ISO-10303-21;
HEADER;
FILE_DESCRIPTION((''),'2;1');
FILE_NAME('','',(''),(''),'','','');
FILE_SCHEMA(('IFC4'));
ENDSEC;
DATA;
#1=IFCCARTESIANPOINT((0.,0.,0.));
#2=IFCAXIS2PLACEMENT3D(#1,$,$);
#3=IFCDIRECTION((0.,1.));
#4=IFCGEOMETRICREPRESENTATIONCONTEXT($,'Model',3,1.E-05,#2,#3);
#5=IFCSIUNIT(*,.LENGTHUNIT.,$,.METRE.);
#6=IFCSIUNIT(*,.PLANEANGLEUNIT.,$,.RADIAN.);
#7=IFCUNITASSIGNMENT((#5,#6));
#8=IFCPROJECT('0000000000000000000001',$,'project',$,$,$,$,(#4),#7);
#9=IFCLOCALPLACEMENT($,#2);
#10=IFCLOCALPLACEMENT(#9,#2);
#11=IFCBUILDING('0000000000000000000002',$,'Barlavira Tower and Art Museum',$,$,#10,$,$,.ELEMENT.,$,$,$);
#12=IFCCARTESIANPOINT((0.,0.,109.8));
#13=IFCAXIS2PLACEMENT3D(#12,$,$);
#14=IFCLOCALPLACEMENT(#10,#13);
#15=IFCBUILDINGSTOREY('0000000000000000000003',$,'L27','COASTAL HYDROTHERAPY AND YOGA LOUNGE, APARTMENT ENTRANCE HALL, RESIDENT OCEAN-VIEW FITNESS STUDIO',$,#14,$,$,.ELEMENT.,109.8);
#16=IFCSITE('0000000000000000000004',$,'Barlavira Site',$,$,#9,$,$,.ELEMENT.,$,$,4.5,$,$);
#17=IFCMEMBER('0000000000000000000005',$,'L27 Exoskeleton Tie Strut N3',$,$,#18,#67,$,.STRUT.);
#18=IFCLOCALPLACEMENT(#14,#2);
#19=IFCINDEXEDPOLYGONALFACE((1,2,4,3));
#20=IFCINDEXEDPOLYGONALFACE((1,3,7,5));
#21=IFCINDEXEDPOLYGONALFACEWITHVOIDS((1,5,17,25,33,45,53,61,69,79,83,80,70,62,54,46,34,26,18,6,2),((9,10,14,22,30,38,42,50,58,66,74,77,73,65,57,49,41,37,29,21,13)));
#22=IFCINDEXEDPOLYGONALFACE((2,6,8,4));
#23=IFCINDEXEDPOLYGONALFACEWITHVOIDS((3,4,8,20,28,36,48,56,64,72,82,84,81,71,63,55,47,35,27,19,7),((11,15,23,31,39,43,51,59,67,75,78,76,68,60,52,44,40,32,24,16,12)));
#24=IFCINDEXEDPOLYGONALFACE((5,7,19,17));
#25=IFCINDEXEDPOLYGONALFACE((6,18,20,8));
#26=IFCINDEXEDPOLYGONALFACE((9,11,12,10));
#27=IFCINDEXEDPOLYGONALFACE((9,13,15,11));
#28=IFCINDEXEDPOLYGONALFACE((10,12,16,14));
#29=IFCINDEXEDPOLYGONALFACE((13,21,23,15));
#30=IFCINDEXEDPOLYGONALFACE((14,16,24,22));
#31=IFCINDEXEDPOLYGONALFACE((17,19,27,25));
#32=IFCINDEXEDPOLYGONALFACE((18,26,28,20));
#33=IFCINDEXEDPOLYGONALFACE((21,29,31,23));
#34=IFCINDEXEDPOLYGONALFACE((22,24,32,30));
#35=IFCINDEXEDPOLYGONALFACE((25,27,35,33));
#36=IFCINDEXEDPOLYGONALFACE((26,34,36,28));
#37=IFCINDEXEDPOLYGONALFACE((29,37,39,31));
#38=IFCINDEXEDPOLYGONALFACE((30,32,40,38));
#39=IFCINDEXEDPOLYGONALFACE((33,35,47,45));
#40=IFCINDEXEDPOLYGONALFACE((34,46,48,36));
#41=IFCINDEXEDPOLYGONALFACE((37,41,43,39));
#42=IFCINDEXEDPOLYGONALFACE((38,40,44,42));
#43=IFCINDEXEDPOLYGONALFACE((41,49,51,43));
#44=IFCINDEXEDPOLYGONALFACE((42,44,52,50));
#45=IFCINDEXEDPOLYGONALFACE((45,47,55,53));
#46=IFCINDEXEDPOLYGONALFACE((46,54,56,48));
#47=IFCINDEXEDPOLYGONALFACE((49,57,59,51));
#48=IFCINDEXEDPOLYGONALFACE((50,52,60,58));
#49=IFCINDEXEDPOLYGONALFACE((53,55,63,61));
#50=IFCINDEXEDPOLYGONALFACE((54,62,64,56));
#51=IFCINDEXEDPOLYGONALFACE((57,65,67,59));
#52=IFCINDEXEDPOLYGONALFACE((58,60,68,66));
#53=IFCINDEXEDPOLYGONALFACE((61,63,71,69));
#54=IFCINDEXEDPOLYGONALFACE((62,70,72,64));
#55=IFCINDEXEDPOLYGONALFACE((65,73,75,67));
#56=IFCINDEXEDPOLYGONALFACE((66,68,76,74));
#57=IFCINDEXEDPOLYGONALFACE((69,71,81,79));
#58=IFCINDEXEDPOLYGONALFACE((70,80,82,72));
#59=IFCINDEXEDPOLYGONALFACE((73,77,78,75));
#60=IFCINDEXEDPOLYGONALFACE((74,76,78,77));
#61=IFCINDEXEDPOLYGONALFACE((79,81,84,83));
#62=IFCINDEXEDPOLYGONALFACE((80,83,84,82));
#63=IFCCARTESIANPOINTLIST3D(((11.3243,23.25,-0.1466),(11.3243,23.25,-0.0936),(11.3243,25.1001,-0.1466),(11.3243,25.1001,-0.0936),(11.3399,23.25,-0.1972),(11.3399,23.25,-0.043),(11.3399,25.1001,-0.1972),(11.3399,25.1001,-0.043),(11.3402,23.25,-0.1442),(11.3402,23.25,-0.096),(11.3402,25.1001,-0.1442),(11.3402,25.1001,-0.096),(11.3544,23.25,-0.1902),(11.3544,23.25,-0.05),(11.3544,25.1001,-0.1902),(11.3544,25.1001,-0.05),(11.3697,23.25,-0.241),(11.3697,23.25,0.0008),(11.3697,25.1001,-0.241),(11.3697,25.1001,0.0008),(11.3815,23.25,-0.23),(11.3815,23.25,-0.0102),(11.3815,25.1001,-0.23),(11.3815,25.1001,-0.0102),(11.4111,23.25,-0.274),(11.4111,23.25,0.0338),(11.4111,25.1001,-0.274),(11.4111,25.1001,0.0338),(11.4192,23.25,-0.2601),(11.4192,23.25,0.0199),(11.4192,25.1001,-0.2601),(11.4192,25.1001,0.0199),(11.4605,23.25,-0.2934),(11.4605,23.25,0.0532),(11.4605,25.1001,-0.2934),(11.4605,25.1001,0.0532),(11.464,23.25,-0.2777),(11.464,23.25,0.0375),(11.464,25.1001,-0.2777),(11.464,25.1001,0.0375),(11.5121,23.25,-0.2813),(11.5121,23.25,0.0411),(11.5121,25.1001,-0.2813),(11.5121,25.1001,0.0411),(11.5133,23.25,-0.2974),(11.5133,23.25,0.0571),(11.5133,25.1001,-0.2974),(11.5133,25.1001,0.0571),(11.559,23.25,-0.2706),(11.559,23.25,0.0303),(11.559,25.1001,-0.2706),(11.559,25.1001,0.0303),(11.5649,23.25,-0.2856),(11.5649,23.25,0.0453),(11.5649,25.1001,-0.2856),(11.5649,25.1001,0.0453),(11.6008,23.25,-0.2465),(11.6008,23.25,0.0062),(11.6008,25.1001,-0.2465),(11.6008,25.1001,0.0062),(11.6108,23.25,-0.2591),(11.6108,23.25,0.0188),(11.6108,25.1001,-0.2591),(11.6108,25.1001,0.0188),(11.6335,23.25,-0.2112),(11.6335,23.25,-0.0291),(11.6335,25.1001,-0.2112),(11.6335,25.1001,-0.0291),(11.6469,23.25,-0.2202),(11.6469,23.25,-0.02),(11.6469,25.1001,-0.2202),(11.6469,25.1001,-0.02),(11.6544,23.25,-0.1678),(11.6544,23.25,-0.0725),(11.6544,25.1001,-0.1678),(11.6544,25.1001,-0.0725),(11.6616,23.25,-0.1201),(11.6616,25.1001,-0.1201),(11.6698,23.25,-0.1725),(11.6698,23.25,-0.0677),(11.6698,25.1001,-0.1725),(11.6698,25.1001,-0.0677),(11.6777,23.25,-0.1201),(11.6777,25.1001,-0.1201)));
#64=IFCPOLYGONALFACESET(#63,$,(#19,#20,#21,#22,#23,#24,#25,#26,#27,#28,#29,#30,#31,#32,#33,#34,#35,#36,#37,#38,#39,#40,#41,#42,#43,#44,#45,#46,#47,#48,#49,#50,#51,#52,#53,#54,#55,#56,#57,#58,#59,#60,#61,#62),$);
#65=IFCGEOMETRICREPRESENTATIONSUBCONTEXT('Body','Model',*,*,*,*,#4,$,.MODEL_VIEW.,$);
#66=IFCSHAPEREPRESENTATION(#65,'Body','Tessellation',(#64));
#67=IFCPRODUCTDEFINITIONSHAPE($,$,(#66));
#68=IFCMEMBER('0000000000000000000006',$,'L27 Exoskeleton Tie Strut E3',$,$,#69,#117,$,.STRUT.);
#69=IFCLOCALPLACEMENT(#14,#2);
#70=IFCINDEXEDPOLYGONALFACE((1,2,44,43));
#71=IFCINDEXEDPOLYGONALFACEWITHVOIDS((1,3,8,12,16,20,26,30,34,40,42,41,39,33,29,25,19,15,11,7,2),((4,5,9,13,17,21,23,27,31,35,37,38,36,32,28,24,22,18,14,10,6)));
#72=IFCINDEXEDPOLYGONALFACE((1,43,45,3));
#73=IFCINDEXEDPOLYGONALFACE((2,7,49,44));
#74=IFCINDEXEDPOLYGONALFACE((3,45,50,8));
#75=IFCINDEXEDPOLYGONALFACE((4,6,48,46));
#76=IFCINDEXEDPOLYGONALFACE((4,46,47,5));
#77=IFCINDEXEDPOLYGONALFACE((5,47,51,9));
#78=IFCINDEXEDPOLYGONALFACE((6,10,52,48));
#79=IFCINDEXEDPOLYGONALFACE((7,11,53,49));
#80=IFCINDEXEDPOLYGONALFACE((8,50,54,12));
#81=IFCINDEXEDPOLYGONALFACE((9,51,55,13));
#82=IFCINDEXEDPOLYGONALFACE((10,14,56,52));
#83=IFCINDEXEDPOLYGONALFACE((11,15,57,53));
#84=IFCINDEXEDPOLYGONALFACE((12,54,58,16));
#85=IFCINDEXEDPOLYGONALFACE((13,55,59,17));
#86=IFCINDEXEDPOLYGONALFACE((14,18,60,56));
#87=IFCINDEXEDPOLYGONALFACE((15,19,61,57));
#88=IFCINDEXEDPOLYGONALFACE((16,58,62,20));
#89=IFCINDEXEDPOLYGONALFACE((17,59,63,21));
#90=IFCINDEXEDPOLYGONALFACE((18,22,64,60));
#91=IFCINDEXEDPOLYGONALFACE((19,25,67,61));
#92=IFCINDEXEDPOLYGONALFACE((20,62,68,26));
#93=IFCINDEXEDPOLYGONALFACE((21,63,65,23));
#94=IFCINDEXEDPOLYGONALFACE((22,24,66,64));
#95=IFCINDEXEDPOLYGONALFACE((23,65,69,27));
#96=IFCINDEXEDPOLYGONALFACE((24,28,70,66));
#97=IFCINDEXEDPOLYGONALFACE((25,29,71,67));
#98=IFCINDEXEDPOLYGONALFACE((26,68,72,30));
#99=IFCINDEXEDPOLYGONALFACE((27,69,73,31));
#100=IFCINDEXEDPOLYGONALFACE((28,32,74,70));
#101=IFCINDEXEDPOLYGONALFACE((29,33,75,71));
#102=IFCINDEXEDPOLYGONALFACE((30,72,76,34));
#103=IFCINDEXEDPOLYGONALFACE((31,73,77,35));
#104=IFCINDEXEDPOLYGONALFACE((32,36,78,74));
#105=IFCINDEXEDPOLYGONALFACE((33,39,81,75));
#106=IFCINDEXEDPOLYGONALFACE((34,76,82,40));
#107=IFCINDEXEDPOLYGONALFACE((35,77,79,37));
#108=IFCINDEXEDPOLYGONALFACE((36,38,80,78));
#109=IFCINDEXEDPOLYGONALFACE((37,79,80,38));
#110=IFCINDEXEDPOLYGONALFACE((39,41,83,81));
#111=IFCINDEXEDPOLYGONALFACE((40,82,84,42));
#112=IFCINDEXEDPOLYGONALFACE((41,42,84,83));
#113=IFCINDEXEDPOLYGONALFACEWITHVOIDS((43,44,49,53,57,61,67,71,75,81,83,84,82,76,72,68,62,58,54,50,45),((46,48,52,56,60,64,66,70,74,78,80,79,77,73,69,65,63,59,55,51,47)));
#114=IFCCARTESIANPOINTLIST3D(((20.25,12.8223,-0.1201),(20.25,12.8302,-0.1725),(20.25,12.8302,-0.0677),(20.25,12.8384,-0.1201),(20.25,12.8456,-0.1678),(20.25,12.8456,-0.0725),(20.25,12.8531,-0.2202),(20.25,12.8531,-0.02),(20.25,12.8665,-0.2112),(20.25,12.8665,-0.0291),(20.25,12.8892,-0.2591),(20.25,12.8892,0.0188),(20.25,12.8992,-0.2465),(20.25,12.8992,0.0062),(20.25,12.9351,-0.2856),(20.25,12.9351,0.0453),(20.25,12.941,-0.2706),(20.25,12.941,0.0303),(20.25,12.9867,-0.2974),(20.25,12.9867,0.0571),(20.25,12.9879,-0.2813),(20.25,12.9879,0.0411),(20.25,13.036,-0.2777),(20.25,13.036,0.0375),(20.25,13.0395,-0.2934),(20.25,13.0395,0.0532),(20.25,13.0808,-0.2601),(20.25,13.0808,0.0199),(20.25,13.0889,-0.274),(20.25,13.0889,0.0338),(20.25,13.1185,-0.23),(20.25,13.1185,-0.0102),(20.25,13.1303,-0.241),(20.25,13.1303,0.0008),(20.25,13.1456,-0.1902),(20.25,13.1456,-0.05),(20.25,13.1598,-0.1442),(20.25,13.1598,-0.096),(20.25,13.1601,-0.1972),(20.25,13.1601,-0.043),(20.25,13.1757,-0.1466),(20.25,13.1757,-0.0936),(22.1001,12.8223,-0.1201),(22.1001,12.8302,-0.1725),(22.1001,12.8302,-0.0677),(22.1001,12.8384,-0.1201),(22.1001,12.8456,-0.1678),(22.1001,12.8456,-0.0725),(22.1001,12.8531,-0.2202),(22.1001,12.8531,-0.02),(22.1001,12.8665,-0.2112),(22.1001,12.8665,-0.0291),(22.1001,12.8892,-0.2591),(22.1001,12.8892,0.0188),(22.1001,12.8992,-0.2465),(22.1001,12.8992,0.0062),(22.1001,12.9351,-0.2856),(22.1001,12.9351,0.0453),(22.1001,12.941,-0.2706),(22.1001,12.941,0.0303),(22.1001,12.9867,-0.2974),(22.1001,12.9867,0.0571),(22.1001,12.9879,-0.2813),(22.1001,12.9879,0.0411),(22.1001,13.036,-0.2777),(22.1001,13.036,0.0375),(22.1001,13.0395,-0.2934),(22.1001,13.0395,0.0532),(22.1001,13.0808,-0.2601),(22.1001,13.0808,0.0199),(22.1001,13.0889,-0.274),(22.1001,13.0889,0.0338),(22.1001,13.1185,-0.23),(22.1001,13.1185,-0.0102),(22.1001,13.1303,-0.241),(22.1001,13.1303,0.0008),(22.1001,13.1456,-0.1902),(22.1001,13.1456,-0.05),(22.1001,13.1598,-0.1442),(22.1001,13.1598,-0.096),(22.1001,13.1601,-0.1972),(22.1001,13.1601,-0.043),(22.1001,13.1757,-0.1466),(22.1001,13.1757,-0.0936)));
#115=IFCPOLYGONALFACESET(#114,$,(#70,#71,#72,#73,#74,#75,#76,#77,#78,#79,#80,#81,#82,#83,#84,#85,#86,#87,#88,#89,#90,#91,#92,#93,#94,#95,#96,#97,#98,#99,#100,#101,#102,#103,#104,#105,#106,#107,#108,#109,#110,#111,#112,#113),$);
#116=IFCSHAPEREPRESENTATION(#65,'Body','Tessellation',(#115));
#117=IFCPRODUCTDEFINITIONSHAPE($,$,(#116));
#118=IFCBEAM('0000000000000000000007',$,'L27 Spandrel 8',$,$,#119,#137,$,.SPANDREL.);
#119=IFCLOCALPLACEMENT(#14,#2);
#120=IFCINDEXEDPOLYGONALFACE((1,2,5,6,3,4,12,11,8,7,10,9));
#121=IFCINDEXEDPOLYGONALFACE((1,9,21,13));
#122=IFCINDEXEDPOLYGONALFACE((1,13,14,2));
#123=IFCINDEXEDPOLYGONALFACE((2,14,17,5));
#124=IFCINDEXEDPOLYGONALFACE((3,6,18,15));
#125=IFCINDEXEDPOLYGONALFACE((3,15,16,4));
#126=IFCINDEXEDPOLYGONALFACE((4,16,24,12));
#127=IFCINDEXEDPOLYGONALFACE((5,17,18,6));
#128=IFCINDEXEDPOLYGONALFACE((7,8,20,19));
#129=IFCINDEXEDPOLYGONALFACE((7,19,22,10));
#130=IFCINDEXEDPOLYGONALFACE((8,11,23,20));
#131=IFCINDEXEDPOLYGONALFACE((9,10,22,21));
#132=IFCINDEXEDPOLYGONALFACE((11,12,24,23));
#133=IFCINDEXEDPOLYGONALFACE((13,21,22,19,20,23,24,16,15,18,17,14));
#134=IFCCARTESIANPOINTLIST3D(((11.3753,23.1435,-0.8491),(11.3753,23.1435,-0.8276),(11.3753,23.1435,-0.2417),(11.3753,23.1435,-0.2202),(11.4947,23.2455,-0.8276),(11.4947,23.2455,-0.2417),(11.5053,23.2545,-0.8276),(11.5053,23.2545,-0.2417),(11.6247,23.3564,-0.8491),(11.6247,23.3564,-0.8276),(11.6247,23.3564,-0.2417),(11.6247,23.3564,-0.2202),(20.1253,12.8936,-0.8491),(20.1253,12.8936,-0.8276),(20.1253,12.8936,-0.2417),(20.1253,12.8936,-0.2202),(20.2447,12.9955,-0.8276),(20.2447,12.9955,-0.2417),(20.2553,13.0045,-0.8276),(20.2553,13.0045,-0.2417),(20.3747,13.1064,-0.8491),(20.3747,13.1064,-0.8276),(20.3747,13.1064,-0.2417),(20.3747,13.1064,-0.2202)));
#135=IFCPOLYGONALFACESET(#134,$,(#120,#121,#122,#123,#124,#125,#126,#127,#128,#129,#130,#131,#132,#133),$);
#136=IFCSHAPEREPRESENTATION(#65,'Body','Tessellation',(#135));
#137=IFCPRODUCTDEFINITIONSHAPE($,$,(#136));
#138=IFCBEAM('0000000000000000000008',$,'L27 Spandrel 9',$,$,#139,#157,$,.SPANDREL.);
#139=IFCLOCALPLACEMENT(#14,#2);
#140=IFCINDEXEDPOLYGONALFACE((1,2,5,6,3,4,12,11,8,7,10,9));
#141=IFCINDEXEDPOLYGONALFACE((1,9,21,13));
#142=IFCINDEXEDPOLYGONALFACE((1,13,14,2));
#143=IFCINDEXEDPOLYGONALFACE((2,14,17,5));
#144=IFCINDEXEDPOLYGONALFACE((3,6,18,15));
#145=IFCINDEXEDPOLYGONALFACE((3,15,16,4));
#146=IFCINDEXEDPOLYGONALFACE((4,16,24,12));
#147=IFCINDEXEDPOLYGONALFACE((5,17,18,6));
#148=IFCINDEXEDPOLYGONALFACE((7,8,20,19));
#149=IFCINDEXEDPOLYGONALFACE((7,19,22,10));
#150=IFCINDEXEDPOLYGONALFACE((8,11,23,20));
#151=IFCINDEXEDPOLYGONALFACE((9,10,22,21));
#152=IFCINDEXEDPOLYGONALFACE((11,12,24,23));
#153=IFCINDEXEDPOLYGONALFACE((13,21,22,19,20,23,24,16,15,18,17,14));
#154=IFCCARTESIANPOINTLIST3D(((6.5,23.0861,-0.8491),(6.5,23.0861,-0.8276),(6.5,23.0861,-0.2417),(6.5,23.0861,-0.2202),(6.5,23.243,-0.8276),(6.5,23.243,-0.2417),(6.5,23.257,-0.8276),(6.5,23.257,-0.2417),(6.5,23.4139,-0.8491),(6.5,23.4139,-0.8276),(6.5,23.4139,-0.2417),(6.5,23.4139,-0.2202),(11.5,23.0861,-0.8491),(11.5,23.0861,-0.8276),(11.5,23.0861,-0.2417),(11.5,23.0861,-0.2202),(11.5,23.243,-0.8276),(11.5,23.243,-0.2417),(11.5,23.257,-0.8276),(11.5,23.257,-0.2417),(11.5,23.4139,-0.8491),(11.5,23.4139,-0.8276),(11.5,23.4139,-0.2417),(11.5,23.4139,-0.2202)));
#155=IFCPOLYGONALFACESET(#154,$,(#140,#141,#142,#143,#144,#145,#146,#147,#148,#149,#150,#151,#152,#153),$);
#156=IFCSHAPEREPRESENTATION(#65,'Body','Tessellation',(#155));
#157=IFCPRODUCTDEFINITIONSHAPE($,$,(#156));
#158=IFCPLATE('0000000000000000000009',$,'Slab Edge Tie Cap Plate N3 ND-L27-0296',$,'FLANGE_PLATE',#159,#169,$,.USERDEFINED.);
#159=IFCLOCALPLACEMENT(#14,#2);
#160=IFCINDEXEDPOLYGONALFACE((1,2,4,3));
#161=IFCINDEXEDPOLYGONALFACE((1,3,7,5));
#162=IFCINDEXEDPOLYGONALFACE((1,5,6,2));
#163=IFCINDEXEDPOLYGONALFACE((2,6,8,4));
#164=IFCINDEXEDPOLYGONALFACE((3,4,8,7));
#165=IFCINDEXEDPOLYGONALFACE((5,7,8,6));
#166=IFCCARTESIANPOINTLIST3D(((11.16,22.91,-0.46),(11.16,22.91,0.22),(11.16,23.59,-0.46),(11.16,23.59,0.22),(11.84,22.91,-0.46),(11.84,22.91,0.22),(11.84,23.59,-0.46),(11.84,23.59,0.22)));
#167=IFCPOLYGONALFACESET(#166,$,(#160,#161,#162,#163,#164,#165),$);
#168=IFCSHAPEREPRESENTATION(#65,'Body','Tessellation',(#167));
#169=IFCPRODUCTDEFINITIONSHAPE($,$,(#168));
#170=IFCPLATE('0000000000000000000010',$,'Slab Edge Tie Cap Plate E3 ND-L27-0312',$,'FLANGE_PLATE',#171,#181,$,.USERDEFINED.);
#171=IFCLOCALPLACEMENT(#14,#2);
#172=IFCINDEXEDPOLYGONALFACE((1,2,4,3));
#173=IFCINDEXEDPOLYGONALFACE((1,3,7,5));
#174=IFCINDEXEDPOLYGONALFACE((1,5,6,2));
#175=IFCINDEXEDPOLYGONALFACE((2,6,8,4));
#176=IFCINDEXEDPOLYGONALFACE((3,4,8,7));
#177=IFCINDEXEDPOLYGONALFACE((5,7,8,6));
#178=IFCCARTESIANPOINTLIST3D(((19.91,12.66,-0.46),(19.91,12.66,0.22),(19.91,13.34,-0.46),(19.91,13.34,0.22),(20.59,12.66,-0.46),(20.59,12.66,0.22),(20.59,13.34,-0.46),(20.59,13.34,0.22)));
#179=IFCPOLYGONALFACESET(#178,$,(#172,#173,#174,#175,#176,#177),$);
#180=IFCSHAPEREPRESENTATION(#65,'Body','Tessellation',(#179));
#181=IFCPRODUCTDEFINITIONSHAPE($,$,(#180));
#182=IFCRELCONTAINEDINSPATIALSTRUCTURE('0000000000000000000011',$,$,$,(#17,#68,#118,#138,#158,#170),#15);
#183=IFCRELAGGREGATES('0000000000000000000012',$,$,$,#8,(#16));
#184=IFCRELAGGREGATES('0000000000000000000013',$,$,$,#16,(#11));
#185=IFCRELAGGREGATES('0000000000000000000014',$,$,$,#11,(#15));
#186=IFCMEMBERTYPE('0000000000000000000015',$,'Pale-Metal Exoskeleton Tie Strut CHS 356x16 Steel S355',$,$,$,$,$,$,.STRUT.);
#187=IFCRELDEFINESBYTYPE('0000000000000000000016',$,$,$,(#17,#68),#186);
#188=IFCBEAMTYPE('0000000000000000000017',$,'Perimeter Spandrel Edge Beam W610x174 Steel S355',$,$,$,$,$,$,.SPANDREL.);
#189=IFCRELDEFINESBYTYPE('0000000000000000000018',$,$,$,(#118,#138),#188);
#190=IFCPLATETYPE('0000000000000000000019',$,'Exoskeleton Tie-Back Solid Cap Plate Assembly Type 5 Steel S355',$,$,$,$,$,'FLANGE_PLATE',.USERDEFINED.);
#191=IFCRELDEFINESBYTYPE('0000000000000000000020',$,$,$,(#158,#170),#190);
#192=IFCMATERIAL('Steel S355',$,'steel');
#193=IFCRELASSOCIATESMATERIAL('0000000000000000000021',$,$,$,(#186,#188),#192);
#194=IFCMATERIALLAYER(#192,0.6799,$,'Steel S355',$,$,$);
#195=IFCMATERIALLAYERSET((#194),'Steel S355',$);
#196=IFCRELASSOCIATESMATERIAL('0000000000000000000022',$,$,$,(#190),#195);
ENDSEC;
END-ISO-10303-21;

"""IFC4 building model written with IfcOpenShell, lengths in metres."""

from ifc_helpers import new_model, si_unit, direction, frame, origin, origin_2d, place, context, subcontext, project, spatial, rectangle, hollow_circle, i_section, extrude, material, layer, layer_set, material_profile, profile_set, type_object, element, save


model = new_model("IFC4")

# Units and contexts
model_context = context("Model", 3, precision=1e-05, world=origin(), true_north=direction((0.0, 1.0)))
body_context = subcontext(model_context, "Body", "Model", "MODEL_VIEW")
ifc_project = project(units=[si_unit("LENGTHUNIT", "METRE"), si_unit("PLANEANGLEUNIT", "RADIAN")], contexts=[model_context])

# Site, building, storey
site_placement = place(None, origin())
site = spatial("IfcSite", under=ifc_project, at=site_placement, Name="Barlavira Site", CompositionType="ELEMENT", RefElevation=4.5)
building_placement = place(site_placement, origin())
building = spatial("IfcBuilding", under=site, at=building_placement, Name="Barlavira Tower and Art Museum", CompositionType="ELEMENT")
storey_placement = place(building_placement, frame((0.0, 0.0, 109.8)))
storey = spatial("IfcBuildingStorey", under=building, at=storey_placement, Name="L27", Description="COASTAL HYDROTHERAPY AND YOGA LOUNGE, APARTMENT ENTRANCE HALL, RESIDENT OCEAN-VIEW FITNESS STUDIO", CompositionType="ELEMENT", Elevation=109.8)

# Members
ifc_material_1 = material(Name="Steel S355", Category="steel")
ifc_material_profile_1 = material_profile(ifc_material_1, hollow_circle(Radius=0.1777, WallThickness=0.0161, at=origin_2d()), Name="CHS 355.6x16.0")
ifc_profile_set_1 = profile_set([ifc_material_profile_1], Name="Steel S355")
member_type_1 = type_object("IfcMemberType", Name="Pale-Metal Exoskeleton Tie Strut CHS 356x16 Steel S355", PredefinedType="STRUT", material=ifc_profile_set_1)
for number, where, z_axis, x_axis, name in (
    (1, (11.5, 25.1001, -0.1201), (0.0, -1.0, 0.0), (1.0, 0.0, 0.0), "L27 Exoskeleton Tie Strut N3"),
    (2, (22.1001, 13.0, -0.1201), (-1.0, 0.0, 0.0), (0.0, -1.0, 0.0), "L27 Exoskeleton Tie Strut E3"),
):
    element("IfcMember", number, at=place(storey_placement, frame(where, z_axis=z_axis, x_axis=x_axis)), inside=storey, type_object=member_type_1, Name=name, PredefinedType="STRUT", context=body_context, shape_type="SweptSolid", body=[
        extrude(hollow_circle(Radius=0.1777, WallThickness=0.0161, at=origin_2d()), origin(), (0.0, 0.0, 1.0), 1.8501),
    ])

# Beams
ifc_material_profile_2 = material_profile(ifc_material_1, i_section(OverallWidth=0.3279, OverallDepth=0.6289, WebThickness=0.0139, FlangeThickness=0.0215, at=origin_2d()), Name="W610x174.0")
ifc_profile_set_2 = profile_set([ifc_material_profile_2], Name="Steel S355")
beam_type = type_object("IfcBeamType", Name="Perimeter Spandrel Edge Beam W610x174 Steel S355", PredefinedType="SPANDREL", material=ifc_profile_set_2)
beam_1_placement = place(storey_placement, frame((20.25, 13.0, -0.5347), z_axis=(-0.649262, 0.760565, 0.0), x_axis=(-0.760565, -0.649262, 0.0)))
element("IfcBeam", 3, at=beam_1_placement, inside=storey, type_object=beam_type, Name="L27 Spandrel 8", PredefinedType="SPANDREL", context=body_context, shape_type="SweptSolid", body=[
    extrude(i_section(OverallWidth=0.3279, OverallDepth=0.6289, WebThickness=0.0139, FlangeThickness=0.0215, at=origin_2d()), origin(), (0.0, 0.0, 1.0), 13.4768),
])
beam_2_placement = place(storey_placement, frame((6.5, 23.25, -0.5347), z_axis=(1.0, 0.0, 0.0), x_axis=(0.0, 1.0, 0.0)))
element("IfcBeam", 4, at=beam_2_placement, inside=storey, type_object=beam_type, Name="L27 Spandrel 9", PredefinedType="SPANDREL", context=body_context, shape_type="SweptSolid", body=[
    extrude(i_section(OverallWidth=0.3279, OverallDepth=0.6289, WebThickness=0.0139, FlangeThickness=0.0215, at=origin_2d()), origin(), (0.0, 0.0, 1.0), 5.0),
])

# Plates
ifc_layer_1 = layer(ifc_material_1, 0.6799, Name="Steel S355")
ifc_layer_set_1 = layer_set([ifc_layer_1], Name="Steel S355")
plate_type = type_object("IfcPlateType", Name="Exoskeleton Tie-Back Solid Cap Plate Assembly Type 5 Steel S355", ElementType="FLANGE_PLATE", PredefinedType="USERDEFINED", material=ifc_layer_set_1)
for number, where, z_axis, x_axis, name in (
    (5, (11.5, 23.25, -0.46), (0.0, 0.0, 1.0), (1.0, 0.0, 0.0), "Slab Edge Tie Cap Plate N3 ND-L27-0296"),
    (6, (20.25, 13.0, -0.46), (0.0, 0.0, 1.0), (1.0, 0.0, 0.0), "Slab Edge Tie Cap Plate E3 ND-L27-0312"),
):
    element("IfcPlate", number, at=place(storey_placement, frame(where, z_axis=z_axis, x_axis=x_axis)), inside=storey, type_object=plate_type, Name=name, ObjectType="FLANGE_PLATE", PredefinedType="USERDEFINED", context=body_context, shape_type="SweptSolid", body=[
        extrude(rectangle(XDim=0.6799, YDim=0.6799, at=origin_2d()), origin(), (0.0, 0.0, 1.0), 0.6799),
    ])

save(model, "model.ifc")
